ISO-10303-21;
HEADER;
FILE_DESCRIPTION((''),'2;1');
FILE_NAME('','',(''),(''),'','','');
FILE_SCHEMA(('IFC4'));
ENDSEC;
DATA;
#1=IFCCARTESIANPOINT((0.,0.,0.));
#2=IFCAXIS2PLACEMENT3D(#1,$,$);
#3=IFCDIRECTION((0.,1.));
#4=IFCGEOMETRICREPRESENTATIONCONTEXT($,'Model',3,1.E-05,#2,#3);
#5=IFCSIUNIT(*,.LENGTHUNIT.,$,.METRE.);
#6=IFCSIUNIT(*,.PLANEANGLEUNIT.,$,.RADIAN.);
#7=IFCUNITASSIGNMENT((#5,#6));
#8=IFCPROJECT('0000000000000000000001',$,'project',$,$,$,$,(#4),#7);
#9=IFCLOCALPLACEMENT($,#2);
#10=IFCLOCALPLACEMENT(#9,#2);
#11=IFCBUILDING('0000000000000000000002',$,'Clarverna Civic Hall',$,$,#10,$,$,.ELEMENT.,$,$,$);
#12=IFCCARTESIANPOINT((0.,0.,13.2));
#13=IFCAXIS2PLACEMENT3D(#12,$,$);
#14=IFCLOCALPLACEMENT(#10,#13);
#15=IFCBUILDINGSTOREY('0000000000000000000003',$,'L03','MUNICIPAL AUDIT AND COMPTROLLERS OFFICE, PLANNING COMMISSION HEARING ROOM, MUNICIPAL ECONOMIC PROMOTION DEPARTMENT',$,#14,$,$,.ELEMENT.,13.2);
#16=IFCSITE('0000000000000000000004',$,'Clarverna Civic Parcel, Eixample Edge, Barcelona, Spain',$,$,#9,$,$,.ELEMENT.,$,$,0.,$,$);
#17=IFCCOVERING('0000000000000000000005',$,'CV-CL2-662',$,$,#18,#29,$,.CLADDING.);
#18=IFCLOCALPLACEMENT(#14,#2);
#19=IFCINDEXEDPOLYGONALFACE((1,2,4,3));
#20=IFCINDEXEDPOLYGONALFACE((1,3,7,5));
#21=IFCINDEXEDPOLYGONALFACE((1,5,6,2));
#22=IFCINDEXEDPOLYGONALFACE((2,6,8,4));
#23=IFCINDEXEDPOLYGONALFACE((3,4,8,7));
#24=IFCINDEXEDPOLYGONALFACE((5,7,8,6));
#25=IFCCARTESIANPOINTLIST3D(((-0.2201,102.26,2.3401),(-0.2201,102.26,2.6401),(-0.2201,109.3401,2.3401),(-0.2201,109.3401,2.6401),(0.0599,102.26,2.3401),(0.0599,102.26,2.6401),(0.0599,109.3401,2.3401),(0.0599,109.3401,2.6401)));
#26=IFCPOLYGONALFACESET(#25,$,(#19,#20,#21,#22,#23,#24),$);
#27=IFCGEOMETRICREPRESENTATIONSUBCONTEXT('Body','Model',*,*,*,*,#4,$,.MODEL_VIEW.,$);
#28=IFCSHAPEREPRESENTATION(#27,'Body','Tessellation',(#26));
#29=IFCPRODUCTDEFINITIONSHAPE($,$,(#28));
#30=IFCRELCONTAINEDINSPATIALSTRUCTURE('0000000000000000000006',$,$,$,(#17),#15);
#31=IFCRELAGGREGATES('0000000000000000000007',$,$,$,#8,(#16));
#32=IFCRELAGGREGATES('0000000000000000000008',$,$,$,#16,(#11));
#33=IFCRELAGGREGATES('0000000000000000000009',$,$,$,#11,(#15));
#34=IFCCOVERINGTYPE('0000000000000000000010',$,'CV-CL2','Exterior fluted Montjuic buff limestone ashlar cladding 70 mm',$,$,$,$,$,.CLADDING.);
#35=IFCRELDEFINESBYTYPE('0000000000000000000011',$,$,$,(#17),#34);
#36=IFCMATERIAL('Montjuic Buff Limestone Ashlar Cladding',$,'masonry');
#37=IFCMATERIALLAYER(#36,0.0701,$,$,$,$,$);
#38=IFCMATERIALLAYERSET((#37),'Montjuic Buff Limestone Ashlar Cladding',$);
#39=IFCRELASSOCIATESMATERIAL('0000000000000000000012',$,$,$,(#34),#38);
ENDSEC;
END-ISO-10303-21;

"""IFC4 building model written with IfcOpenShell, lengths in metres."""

from ifc_helpers import new_model, si_unit, direction, frame, frame_2d, origin, place, context, subcontext, project, spatial, rectangle, extrude, material, layer, layer_set, type_object, element, save


model = new_model("IFC4")

# Units and contexts
model_context = context("Model", 3, precision=1e-05, world=origin(), true_north=direction((0.0, 1.0)))
body_context = subcontext(model_context, "Body", "Model", "MODEL_VIEW")
ifc_project = project(units=[si_unit("LENGTHUNIT", "METRE"), si_unit("PLANEANGLEUNIT", "RADIAN")], contexts=[model_context])

# Site, building, storey
site_placement = place(None, origin())
site = spatial("IfcSite", under=ifc_project, at=site_placement, Name="Clarverna Civic Parcel, Eixample Edge, Barcelona, Spain", CompositionType="ELEMENT", RefElevation=0.0)
building_placement = place(site_placement, origin())
building = spatial("IfcBuilding", under=site, at=building_placement, Name="Clarverna Civic Hall", CompositionType="ELEMENT")
storey_placement = place(building_placement, frame((0.0, 0.0, 13.2)))
storey = spatial("IfcBuildingStorey", under=building, at=storey_placement, Name="L03", Description="MUNICIPAL AUDIT AND COMPTROLLERS OFFICE, PLANNING COMMISSION HEARING ROOM, MUNICIPAL ECONOMIC PROMOTION DEPARTMENT", CompositionType="ELEMENT", Elevation=13.2)

# Covering
ifc_material_1 = material(Name="Montjuic Buff Limestone Ashlar Cladding", Category="masonry")
ifc_layer_1 = layer(ifc_material_1, 0.0701)
ifc_layer_set_1 = layer_set([ifc_layer_1], Name="Montjuic Buff Limestone Ashlar Cladding")
covering_type = type_object("IfcCoveringType", Name="CV-CL2", Description="Exterior fluted Montjuic buff limestone ashlar cladding 70 mm", PredefinedType="CLADDING", material=ifc_layer_set_1)
covering_1_placement = place(storey_placement, frame((-0.0801, 102.26, 2.3401), z_axis=(0.0, 0.0, 1.0), x_axis=(0.0, 1.0, 0.0)))
element("IfcCovering", 1, at=covering_1_placement, inside=storey, type_object=covering_type, Name="CV-CL2-662", PredefinedType="CLADDING", context=body_context, shape_type="SweptSolid", body=[
    extrude(rectangle(XDim=7.0801, YDim=0.28, at=frame_2d((3.54, 0.0))), origin(), (0.0, 0.0, 1.0), 0.3),
])

save(model, "model.ifc")
